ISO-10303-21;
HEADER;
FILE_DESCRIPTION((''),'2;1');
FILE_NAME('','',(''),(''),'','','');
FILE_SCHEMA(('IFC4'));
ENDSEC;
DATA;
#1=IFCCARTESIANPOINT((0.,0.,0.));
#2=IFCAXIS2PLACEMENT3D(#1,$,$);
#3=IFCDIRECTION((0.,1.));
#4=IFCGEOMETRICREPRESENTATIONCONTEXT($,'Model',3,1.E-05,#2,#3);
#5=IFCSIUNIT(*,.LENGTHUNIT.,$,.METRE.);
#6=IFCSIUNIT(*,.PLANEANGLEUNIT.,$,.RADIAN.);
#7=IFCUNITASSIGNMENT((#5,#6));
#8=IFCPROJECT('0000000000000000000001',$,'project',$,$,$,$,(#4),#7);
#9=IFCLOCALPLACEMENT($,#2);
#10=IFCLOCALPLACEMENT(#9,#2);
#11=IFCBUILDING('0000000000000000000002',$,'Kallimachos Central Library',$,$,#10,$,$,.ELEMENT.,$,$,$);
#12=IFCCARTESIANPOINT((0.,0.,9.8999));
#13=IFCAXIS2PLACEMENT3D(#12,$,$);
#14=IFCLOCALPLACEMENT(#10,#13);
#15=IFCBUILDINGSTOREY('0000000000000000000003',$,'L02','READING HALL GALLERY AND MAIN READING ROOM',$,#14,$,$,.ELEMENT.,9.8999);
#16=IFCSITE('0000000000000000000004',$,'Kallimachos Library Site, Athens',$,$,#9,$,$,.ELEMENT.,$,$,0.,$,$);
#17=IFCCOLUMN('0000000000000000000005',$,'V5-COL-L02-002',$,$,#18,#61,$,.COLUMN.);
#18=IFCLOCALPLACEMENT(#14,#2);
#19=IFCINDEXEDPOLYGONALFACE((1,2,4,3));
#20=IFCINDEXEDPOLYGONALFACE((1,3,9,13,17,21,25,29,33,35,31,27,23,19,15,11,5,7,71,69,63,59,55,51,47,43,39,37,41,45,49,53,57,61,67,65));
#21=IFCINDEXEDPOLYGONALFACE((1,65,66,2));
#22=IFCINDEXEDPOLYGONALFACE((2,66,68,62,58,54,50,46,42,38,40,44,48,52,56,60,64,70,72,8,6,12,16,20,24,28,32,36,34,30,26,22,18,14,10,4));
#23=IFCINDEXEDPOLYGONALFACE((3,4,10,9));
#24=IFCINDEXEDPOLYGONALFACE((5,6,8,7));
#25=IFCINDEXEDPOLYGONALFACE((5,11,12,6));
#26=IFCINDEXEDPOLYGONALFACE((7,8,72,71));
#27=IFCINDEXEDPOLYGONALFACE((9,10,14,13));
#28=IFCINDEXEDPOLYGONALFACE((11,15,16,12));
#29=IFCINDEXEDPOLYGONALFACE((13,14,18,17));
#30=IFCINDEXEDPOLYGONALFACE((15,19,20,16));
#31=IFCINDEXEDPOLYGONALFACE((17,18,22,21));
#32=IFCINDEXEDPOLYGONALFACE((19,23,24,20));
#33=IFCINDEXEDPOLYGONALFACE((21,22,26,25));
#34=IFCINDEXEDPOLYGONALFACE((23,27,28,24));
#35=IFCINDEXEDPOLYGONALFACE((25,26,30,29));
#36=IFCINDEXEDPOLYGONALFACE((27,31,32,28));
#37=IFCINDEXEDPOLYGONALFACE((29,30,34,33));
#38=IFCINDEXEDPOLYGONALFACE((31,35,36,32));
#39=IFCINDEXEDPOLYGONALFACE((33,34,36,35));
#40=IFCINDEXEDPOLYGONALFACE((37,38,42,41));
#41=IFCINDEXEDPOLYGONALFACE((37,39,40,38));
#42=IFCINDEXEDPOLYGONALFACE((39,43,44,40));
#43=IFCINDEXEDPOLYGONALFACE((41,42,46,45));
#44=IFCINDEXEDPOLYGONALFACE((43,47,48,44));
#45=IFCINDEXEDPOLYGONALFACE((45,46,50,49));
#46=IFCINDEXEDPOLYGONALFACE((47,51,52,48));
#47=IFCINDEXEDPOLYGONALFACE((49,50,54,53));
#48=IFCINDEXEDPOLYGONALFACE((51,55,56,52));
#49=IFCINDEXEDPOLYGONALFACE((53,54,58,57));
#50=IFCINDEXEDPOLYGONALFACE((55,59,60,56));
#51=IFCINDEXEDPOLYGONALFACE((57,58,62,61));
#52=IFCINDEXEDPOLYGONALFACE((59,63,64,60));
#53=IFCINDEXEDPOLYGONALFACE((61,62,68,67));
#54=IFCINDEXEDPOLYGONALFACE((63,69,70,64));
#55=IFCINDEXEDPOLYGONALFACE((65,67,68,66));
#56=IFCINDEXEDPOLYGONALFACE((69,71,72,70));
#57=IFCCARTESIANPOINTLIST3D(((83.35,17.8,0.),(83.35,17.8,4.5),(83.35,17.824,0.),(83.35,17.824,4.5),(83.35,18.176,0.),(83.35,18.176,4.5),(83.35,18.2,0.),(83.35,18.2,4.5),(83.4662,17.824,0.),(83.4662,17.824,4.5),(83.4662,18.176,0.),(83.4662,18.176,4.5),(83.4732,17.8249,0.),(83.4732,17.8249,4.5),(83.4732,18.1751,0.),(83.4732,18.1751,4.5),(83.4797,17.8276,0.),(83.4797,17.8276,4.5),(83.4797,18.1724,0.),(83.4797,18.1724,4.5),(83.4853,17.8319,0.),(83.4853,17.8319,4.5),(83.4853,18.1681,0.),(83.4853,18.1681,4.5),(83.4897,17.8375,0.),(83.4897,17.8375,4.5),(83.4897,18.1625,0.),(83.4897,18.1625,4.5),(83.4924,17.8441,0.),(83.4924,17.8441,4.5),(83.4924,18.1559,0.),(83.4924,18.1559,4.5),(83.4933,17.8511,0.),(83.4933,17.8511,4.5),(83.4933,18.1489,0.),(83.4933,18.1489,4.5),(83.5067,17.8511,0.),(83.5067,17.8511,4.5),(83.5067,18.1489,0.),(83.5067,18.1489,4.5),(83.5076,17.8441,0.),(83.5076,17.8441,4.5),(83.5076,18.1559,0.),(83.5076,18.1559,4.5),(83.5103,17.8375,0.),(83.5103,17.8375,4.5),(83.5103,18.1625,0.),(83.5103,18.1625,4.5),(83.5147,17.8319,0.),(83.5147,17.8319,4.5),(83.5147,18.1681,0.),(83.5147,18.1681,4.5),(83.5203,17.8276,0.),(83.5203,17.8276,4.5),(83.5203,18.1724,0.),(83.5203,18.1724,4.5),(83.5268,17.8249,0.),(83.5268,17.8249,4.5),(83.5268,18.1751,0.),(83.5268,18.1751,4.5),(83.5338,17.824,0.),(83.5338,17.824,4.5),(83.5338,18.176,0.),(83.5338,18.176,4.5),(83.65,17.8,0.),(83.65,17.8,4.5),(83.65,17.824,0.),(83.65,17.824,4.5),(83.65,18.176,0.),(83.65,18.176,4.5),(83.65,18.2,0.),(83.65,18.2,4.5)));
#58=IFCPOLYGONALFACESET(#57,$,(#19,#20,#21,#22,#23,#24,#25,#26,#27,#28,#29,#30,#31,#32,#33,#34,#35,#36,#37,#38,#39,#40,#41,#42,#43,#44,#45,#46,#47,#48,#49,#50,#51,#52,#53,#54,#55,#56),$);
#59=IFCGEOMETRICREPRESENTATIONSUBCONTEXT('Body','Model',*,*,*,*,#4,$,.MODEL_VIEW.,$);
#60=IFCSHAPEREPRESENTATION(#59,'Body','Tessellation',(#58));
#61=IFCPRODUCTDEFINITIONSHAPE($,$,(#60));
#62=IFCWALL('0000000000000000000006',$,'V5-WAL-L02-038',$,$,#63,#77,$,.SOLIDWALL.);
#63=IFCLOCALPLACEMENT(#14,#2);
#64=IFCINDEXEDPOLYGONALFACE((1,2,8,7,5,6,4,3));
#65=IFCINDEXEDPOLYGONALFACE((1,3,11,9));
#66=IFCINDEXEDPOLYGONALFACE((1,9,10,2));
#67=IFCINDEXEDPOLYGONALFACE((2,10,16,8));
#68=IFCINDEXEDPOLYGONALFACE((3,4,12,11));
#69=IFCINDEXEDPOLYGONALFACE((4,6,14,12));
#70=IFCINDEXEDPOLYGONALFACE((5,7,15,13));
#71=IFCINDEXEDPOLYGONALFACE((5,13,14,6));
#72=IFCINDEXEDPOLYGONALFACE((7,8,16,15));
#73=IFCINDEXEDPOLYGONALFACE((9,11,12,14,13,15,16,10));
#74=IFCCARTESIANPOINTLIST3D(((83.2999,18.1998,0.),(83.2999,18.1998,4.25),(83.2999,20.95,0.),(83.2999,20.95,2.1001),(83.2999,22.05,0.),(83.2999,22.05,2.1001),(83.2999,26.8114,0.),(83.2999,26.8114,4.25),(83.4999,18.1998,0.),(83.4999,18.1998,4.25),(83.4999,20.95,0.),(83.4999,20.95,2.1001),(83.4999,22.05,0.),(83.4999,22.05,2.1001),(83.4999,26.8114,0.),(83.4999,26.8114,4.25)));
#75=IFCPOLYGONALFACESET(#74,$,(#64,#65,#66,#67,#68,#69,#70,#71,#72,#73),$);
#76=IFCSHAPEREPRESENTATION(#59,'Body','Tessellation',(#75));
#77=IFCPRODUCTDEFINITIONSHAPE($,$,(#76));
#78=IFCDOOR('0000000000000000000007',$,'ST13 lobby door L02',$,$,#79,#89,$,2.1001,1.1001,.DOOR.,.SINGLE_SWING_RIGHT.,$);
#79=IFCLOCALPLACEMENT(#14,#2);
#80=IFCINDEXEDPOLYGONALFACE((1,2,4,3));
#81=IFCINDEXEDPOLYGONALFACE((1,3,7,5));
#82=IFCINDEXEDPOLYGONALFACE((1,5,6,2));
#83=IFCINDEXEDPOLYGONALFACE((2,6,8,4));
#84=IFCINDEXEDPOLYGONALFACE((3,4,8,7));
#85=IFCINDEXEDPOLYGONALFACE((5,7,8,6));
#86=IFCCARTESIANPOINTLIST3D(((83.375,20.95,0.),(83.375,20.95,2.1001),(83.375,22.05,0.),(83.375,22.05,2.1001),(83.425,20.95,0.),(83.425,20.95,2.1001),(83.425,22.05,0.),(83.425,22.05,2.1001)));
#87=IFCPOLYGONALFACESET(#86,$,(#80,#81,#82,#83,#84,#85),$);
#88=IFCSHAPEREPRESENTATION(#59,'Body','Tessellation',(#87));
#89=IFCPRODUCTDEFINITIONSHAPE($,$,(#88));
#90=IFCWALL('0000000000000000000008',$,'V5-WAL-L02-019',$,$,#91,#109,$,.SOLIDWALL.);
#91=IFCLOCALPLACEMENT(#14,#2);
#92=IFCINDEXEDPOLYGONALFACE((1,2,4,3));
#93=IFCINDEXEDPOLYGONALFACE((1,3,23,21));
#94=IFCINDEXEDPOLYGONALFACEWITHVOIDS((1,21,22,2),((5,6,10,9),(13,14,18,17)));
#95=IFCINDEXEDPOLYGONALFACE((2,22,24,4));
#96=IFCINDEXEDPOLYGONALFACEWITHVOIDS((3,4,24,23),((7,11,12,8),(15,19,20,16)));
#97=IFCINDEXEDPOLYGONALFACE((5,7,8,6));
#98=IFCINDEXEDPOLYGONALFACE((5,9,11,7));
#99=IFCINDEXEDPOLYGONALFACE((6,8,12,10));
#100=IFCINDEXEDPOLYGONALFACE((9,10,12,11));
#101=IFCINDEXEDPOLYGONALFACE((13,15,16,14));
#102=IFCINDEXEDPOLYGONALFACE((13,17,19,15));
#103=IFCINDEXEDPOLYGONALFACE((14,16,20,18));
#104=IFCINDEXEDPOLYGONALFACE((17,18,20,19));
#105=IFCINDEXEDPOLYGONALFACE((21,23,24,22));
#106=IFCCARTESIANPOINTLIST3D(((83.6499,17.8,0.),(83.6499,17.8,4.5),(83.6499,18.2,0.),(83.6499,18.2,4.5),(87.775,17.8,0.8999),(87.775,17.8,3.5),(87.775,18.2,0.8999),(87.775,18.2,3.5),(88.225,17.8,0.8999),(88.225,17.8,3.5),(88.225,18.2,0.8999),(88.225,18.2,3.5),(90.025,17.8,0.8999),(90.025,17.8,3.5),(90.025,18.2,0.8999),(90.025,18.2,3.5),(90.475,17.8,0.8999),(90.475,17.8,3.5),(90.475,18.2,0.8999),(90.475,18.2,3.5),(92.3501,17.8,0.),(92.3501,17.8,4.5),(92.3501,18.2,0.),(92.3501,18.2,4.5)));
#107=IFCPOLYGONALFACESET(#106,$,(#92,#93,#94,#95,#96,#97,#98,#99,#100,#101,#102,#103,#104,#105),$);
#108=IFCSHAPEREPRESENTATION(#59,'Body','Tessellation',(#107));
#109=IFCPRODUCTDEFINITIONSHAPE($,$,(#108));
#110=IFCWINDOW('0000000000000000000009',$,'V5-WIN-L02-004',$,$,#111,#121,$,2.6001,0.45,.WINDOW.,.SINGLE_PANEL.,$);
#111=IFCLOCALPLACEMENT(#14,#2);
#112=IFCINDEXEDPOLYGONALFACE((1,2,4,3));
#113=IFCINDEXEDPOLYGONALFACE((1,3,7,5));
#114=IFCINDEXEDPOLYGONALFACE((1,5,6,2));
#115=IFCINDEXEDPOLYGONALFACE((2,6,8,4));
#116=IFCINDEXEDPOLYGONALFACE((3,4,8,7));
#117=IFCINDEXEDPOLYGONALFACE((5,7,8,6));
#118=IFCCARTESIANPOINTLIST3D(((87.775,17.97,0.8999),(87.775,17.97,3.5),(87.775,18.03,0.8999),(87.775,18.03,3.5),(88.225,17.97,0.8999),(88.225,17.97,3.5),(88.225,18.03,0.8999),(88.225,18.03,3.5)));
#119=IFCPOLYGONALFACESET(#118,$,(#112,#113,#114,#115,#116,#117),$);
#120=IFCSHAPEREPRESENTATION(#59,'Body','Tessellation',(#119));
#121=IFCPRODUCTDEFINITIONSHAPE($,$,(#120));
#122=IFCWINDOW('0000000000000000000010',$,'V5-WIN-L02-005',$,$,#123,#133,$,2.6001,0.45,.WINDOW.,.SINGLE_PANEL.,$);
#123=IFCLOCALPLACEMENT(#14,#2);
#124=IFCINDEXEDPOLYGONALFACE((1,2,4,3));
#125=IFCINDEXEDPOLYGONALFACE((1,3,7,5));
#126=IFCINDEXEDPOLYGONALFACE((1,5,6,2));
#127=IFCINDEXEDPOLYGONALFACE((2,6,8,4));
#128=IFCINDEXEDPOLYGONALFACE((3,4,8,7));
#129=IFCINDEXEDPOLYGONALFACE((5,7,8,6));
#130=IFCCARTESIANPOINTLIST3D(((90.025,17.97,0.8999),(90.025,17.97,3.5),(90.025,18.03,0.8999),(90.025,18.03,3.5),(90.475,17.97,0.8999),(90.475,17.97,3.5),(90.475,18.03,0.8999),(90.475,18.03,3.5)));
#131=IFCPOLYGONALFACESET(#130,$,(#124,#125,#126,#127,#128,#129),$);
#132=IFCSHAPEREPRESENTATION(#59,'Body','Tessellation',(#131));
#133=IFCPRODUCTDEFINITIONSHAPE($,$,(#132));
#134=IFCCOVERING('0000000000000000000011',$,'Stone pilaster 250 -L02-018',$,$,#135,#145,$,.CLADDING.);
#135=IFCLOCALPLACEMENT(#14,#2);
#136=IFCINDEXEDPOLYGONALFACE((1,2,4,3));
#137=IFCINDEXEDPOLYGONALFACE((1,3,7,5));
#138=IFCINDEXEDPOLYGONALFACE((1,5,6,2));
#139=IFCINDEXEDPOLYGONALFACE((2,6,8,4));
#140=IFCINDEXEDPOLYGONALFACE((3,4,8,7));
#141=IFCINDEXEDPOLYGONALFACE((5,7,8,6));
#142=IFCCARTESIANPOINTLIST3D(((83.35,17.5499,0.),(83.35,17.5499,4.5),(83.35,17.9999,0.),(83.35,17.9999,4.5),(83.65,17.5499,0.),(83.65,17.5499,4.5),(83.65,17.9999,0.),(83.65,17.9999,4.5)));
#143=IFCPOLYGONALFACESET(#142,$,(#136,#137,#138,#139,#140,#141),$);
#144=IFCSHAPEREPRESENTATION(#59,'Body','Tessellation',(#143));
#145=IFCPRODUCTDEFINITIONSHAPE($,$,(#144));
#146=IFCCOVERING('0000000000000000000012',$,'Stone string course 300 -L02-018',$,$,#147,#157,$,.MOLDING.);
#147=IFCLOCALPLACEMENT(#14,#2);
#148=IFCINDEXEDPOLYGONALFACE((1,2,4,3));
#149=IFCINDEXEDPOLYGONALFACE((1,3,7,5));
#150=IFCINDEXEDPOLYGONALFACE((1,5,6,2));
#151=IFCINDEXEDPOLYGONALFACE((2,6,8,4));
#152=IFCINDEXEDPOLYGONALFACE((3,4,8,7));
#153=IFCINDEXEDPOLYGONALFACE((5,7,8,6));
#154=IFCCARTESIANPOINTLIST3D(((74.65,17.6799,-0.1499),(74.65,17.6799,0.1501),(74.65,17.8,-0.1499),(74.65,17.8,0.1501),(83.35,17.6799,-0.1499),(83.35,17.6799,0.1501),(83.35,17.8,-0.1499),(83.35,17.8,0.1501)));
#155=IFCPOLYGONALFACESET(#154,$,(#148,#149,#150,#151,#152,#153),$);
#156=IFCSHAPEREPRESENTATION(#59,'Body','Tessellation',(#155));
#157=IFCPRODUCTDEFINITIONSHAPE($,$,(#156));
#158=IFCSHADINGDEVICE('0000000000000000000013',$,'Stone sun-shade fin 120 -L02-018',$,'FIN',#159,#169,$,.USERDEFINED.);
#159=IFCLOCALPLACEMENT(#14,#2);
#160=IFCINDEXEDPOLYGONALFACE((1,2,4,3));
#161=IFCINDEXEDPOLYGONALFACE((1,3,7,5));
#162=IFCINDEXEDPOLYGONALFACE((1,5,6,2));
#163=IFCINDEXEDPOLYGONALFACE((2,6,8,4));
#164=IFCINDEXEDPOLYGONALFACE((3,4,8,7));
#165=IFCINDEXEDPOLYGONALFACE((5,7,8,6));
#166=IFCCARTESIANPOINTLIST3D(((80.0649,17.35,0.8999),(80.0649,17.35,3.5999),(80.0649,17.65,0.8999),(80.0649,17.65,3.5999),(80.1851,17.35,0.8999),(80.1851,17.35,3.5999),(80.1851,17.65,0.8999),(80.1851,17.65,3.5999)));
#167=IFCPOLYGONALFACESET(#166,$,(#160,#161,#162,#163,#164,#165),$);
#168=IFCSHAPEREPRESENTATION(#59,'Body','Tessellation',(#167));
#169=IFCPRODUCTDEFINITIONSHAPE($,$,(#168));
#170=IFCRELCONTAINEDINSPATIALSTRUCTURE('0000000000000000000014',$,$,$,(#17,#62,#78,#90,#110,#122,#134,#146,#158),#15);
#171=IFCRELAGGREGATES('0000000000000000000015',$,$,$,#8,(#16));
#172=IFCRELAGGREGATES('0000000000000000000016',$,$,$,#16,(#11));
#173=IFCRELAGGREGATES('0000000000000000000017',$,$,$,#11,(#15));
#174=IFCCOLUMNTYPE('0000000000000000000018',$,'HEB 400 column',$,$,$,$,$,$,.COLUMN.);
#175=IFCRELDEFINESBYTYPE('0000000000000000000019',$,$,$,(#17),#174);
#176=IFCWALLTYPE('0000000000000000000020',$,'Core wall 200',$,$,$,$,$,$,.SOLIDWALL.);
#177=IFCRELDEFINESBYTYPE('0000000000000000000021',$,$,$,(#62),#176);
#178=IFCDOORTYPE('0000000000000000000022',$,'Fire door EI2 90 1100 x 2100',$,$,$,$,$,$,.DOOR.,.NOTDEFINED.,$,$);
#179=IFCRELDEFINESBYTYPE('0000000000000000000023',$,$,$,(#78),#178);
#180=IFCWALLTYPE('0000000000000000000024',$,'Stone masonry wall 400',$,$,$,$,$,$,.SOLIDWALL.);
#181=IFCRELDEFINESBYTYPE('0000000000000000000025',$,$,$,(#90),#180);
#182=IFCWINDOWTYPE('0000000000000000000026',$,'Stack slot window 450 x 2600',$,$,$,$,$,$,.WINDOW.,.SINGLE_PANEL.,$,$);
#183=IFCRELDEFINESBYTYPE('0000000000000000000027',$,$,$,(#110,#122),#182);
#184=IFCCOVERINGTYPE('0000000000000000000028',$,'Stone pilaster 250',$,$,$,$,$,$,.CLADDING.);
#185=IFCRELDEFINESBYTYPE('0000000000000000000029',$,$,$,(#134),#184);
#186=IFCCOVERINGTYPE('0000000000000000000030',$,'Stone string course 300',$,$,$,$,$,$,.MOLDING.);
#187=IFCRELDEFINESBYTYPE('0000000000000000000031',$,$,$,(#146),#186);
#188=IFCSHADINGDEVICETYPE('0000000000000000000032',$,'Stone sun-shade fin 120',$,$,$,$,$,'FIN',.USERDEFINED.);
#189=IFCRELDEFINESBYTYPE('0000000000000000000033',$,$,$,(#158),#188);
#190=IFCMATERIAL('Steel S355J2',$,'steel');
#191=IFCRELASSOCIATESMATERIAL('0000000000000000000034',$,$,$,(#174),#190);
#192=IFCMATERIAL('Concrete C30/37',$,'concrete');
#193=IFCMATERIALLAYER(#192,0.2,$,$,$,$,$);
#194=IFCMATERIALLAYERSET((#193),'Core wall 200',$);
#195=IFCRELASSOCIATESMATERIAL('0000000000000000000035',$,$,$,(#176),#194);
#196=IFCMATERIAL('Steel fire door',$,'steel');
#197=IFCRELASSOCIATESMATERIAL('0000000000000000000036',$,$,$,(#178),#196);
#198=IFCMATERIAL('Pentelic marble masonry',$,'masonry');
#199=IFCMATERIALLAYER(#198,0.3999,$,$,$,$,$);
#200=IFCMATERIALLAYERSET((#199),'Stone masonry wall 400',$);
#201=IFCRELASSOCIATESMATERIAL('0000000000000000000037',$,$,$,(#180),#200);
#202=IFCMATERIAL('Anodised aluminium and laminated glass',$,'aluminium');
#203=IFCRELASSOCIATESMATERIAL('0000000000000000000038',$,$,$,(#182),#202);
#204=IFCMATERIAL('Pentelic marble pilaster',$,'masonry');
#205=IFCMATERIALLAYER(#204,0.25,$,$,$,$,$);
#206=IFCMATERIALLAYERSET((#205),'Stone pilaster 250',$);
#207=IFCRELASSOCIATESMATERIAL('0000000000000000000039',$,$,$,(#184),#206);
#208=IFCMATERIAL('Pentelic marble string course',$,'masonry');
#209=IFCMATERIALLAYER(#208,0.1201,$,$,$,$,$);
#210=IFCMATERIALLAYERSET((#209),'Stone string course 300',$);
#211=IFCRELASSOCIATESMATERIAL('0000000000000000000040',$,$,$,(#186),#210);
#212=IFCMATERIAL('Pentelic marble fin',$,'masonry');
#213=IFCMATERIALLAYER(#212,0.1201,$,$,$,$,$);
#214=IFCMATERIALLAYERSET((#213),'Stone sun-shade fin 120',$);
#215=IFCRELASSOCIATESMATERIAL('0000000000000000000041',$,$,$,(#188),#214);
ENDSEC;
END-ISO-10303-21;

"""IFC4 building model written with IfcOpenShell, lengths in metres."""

from ifc_helpers import new_model, si_unit, direction, frame, frame_2d, origin, origin_2d, place, context, subcontext, project, spatial, rectangle, i_section, extrude, material, layer, layer_set, material_profile, profile_set, type_object, element, fill, save


model = new_model("IFC4")

# Units and contexts
model_context = context("Model", 3, precision=1e-05, world=origin(), true_north=direction((0.0, 1.0)))
body_context = subcontext(model_context, "Body", "Model", "MODEL_VIEW")
ifc_project = project(units=[si_unit("LENGTHUNIT", "METRE"), si_unit("PLANEANGLEUNIT", "RADIAN")], contexts=[model_context])

# Site, building, storey
site_placement = place(None, origin())
site = spatial("IfcSite", under=ifc_project, at=site_placement, Name="Kallimachos Library Site, Athens", CompositionType="ELEMENT", RefElevation=0.0)
building_placement = place(site_placement, origin())
building = spatial("IfcBuilding", under=site, at=building_placement, Name="Kallimachos Central Library", CompositionType="ELEMENT")
storey_placement = place(building_placement, frame((0.0, 0.0, 9.8999)))
storey = spatial("IfcBuildingStorey", under=building, at=storey_placement, Name="L02", Description="READING HALL GALLERY AND MAIN READING ROOM", CompositionType="ELEMENT", Elevation=9.8999)

# Column
ifc_material_1 = material(Name="Steel S355J2", Category="steel")
ifc_material_profile = material_profile(ifc_material_1, i_section(OverallWidth=0.3, OverallDepth=0.3999, WebThickness=0.0134, FlangeThickness=0.0239, FilletRadius=0.0271, at=origin_2d()), Name="HEB 400")
ifc_profile_set = profile_set([ifc_material_profile], Name="Steel S355J2")
column_type = type_object("IfcColumnType", Name="HEB 400 column", PredefinedType="COLUMN", material=ifc_profile_set)
column_placement = place(storey_placement, frame((83.5, 18.0, 0.0), z_axis=(0.0, 0.0, 1.0), x_axis=(1.0, 0.0, 0.0)))
element("IfcColumn", 1, at=column_placement, inside=storey, type_object=column_type, Name="V5-COL-L02-002", PredefinedType="COLUMN", context=body_context, shape_type="SweptSolid", body=[
    extrude(i_section(OverallWidth=0.3, OverallDepth=0.3999, WebThickness=0.0134, FlangeThickness=0.0239, FilletRadius=0.0271, at=origin_2d()), origin(), (0.0, 0.0, 1.0), 4.5),
])

# Wall, opening, door
ifc_material_2 = material(Name="Concrete C30/37", Category="concrete")
ifc_layer_1 = layer(ifc_material_2, 0.2)
ifc_layer_set_1 = layer_set([ifc_layer_1], Name="Core wall 200")
wall_type_1 = type_object("IfcWallType", Name="Core wall 200", PredefinedType="SOLIDWALL", material=ifc_layer_set_1)
wall_1_placement = place(storey_placement, frame((83.3999, 18.2, 0.0), z_axis=(0.0, 0.0, 1.0), x_axis=(0.0, 1.0, 0.0)))
wall_1 = element("IfcWall", 2, at=wall_1_placement, inside=storey, type_object=wall_type_1, Name="V5-WAL-L02-038", PredefinedType="SOLIDWALL", context=body_context, shape_type="SweptSolid", body=[
    extrude(rectangle(XDim=8.6116, YDim=0.2, at=frame_2d((4.3057, 0.0))), origin(), (0.0, 0.0, 1.0), 4.25),
])
opening_1_placement = place(wall_1_placement, frame((2.75, 0.0, 0.0)))
opening_1 = element("IfcOpeningElement", 3, at=opening_1_placement, cuts=wall_1, PredefinedType="OPENING", context=body_context, shape_type="SweptSolid", body=[
    extrude(rectangle(XDim=1.1001, YDim=2.1001, at=frame_2d((0.55, 1.05))), frame((0.0, 0.1099, 0.0), z_axis=(0.0, -1.0, 0.0), x_axis=(1.0, 0.0, 0.0)), (0.0, 0.0, 1.0), 0.22),
])
ifc_material_3 = material(Name="Steel fire door", Category="steel")
door_type = type_object("IfcDoorType", Name="Fire door EI2 90 1100 x 2100", OperationType="NOTDEFINED", PredefinedType="DOOR", material=ifc_material_3)
door_placement = place(opening_1_placement, origin())
door = element("IfcDoor", 4, at=door_placement, inside=storey, type_object=door_type, Name="ST13 lobby door L02", OperationType="SINGLE_SWING_RIGHT", OverallHeight=2.1001, OverallWidth=1.1001, PredefinedType="DOOR", context=body_context, shape_type="SweptSolid", body=[
    extrude(rectangle(XDim=1.1001, YDim=2.1001, at=frame_2d((0.55, 1.05))), frame((0.0, 0.0249, 0.0), z_axis=(0.0, -1.0, 0.0), x_axis=(1.0, 0.0, 0.0)), (0.0, 0.0, 1.0), 0.05),
])
fill(opening_1, door)

# Wall, openings, windows
ifc_material_4 = material(Name="Pentelic marble masonry", Category="masonry")
ifc_layer_2 = layer(ifc_material_4, 0.3999)
ifc_layer_set_2 = layer_set([ifc_layer_2], Name="Stone masonry wall 400")
wall_type_2 = type_object("IfcWallType", Name="Stone masonry wall 400", PredefinedType="SOLIDWALL", material=ifc_layer_set_2)
wall_2_placement = place(storey_placement, frame((83.6499, 18.0, 0.0), z_axis=(0.0, 0.0, 1.0), x_axis=(1.0, 0.0, 0.0)))
wall_2 = element("IfcWall", 5, at=wall_2_placement, inside=storey, type_object=wall_type_2, Name="V5-WAL-L02-019", PredefinedType="SOLIDWALL", context=body_context, shape_type="SweptSolid", body=[
    extrude(rectangle(XDim=8.7002, YDim=0.3999, at=frame_2d((4.3501, 0.0))), origin(), (0.0, 0.0, 1.0), 4.5),
])
opening_2_placement = place(wall_2_placement, frame((4.125, 0.0, 0.8999)))
opening_2 = element("IfcOpeningElement", 6, at=opening_2_placement, cuts=wall_2, PredefinedType="OPENING", context=body_context, shape_type="SweptSolid", body=[
    extrude(rectangle(XDim=0.45, YDim=2.6001, at=frame_2d((0.2251, 1.3))), frame((0.0, 0.21, 0.0), z_axis=(0.0, -1.0, 0.0), x_axis=(1.0, 0.0, 0.0)), (0.0, 0.0, 1.0), 0.4199),
])
opening_3_placement = place(wall_2_placement, frame((6.375, 0.0, 0.8999)))
opening_3 = element("IfcOpeningElement", 7, at=opening_3_placement, cuts=wall_2, PredefinedType="OPENING", context=body_context, shape_type="SweptSolid", body=[
    extrude(rectangle(XDim=0.45, YDim=2.6001, at=frame_2d((0.2251, 1.3))), frame((0.0, 0.21, 0.0), z_axis=(0.0, -1.0, 0.0), x_axis=(1.0, 0.0, 0.0)), (0.0, 0.0, 1.0), 0.4199),
])
ifc_material_5 = material(Name="Anodised aluminium and laminated glass", Category="aluminium")
window_type = type_object("IfcWindowType", Name="Stack slot window 450 x 2600", PartitioningType="SINGLE_PANEL", PredefinedType="WINDOW", material=ifc_material_5)
window_1_placement = place(opening_2_placement, origin())
window_1 = element("IfcWindow", 8, at=window_1_placement, inside=storey, type_object=window_type, Name="V5-WIN-L02-004", OverallHeight=2.6001, OverallWidth=0.45, PartitioningType="SINGLE_PANEL", PredefinedType="WINDOW", context=body_context, shape_type="SweptSolid", body=[
    extrude(rectangle(XDim=0.45, YDim=2.6001, at=frame_2d((0.2251, 1.3))), frame((0.0, 0.03, 0.0), z_axis=(0.0, -1.0, 0.0), x_axis=(1.0, 0.0, 0.0)), (0.0, 0.0, 1.0), 0.0601),
])
fill(opening_2, window_1)
window_2_placement = place(opening_3_placement, origin())
window_2 = element("IfcWindow", 9, at=window_2_placement, inside=storey, type_object=window_type, Name="V5-WIN-L02-005", OverallHeight=2.6001, OverallWidth=0.45, PartitioningType="SINGLE_PANEL", PredefinedType="WINDOW", context=body_context, shape_type="SweptSolid", body=[
    extrude(rectangle(XDim=0.45, YDim=2.6001, at=frame_2d((0.2251, 1.3))), frame((0.0, 0.03, 0.0), z_axis=(0.0, -1.0, 0.0), x_axis=(1.0, 0.0, 0.0)), (0.0, 0.0, 1.0), 0.0601),
])
fill(opening_3, window_2)

# Coverings
ifc_material_6 = material(Name="Pentelic marble pilaster", Category="masonry")
ifc_layer_3 = layer(ifc_material_6, 0.25)
ifc_layer_set_3 = layer_set([ifc_layer_3], Name="Stone pilaster 250")
covering_type_1 = type_object("IfcCoveringType", Name="Stone pilaster 250", PredefinedType="CLADDING", material=ifc_layer_set_3)
covering_1_placement = place(storey_placement, frame((83.5, 17.7749, 0.0), z_axis=(0.0, 0.0, 1.0), x_axis=(1.0, 0.0, 0.0)))
element("IfcCovering", 10, at=covering_1_placement, inside=storey, type_object=covering_type_1, Name="Stone pilaster 250 -L02-018", PredefinedType="CLADDING", context=body_context, shape_type="SweptSolid", body=[
    extrude(rectangle(XDim=0.3, YDim=0.45, at=origin_2d()), origin(), (0.0, 0.0, 1.0), 4.5),
])
ifc_material_7 = material(Name="Pentelic marble string course", Category="masonry")
ifc_layer_4 = layer(ifc_material_7, 0.1201)
ifc_layer_set_4 = layer_set([ifc_layer_4], Name="Stone string course 300")
covering_type_2 = type_object("IfcCoveringType", Name="Stone string course 300", PredefinedType="MOLDING", material=ifc_layer_set_4)
covering_2_placement = place(storey_placement, frame((79.0, 17.74, -0.1499), z_axis=(0.0, 0.0, 1.0), x_axis=(1.0, 0.0, 0.0)))
element("IfcCovering", 11, at=covering_2_placement, inside=storey, type_object=covering_type_2, Name="Stone string course 300 -L02-018", PredefinedType="MOLDING", context=body_context, shape_type="SweptSolid", body=[
    extrude(rectangle(XDim=8.7, YDim=0.1201, at=origin_2d()), origin(), (0.0, 0.0, 1.0), 0.3),
])

# Shading device
ifc_material_8 = material(Name="Pentelic marble fin", Category="masonry")
ifc_layer_5 = layer(ifc_material_8, 0.1201)
ifc_layer_set_5 = layer_set([ifc_layer_5], Name="Stone sun-shade fin 120")
shading_device_type = type_object("IfcShadingDeviceType", Name="Stone sun-shade fin 120", ElementType="FIN", PredefinedType="USERDEFINED", material=ifc_layer_set_5)
shading_device_placement = place(storey_placement, frame((80.125, 17.5, 0.8999), z_axis=(0.0, 0.0, 1.0), x_axis=(1.0, 0.0, 0.0)))
element("IfcShadingDevice", 12, at=shading_device_placement, inside=storey, type_object=shading_device_type, Name="Stone sun-shade fin 120 -L02-018", ObjectType="FIN", PredefinedType="USERDEFINED", context=body_context, shape_type="SweptSolid", body=[
    extrude(rectangle(XDim=0.1201, YDim=0.3, at=origin_2d()), origin(), (0.0, 0.0, 1.0), 2.7),
])

save(model, "model.ifc")
